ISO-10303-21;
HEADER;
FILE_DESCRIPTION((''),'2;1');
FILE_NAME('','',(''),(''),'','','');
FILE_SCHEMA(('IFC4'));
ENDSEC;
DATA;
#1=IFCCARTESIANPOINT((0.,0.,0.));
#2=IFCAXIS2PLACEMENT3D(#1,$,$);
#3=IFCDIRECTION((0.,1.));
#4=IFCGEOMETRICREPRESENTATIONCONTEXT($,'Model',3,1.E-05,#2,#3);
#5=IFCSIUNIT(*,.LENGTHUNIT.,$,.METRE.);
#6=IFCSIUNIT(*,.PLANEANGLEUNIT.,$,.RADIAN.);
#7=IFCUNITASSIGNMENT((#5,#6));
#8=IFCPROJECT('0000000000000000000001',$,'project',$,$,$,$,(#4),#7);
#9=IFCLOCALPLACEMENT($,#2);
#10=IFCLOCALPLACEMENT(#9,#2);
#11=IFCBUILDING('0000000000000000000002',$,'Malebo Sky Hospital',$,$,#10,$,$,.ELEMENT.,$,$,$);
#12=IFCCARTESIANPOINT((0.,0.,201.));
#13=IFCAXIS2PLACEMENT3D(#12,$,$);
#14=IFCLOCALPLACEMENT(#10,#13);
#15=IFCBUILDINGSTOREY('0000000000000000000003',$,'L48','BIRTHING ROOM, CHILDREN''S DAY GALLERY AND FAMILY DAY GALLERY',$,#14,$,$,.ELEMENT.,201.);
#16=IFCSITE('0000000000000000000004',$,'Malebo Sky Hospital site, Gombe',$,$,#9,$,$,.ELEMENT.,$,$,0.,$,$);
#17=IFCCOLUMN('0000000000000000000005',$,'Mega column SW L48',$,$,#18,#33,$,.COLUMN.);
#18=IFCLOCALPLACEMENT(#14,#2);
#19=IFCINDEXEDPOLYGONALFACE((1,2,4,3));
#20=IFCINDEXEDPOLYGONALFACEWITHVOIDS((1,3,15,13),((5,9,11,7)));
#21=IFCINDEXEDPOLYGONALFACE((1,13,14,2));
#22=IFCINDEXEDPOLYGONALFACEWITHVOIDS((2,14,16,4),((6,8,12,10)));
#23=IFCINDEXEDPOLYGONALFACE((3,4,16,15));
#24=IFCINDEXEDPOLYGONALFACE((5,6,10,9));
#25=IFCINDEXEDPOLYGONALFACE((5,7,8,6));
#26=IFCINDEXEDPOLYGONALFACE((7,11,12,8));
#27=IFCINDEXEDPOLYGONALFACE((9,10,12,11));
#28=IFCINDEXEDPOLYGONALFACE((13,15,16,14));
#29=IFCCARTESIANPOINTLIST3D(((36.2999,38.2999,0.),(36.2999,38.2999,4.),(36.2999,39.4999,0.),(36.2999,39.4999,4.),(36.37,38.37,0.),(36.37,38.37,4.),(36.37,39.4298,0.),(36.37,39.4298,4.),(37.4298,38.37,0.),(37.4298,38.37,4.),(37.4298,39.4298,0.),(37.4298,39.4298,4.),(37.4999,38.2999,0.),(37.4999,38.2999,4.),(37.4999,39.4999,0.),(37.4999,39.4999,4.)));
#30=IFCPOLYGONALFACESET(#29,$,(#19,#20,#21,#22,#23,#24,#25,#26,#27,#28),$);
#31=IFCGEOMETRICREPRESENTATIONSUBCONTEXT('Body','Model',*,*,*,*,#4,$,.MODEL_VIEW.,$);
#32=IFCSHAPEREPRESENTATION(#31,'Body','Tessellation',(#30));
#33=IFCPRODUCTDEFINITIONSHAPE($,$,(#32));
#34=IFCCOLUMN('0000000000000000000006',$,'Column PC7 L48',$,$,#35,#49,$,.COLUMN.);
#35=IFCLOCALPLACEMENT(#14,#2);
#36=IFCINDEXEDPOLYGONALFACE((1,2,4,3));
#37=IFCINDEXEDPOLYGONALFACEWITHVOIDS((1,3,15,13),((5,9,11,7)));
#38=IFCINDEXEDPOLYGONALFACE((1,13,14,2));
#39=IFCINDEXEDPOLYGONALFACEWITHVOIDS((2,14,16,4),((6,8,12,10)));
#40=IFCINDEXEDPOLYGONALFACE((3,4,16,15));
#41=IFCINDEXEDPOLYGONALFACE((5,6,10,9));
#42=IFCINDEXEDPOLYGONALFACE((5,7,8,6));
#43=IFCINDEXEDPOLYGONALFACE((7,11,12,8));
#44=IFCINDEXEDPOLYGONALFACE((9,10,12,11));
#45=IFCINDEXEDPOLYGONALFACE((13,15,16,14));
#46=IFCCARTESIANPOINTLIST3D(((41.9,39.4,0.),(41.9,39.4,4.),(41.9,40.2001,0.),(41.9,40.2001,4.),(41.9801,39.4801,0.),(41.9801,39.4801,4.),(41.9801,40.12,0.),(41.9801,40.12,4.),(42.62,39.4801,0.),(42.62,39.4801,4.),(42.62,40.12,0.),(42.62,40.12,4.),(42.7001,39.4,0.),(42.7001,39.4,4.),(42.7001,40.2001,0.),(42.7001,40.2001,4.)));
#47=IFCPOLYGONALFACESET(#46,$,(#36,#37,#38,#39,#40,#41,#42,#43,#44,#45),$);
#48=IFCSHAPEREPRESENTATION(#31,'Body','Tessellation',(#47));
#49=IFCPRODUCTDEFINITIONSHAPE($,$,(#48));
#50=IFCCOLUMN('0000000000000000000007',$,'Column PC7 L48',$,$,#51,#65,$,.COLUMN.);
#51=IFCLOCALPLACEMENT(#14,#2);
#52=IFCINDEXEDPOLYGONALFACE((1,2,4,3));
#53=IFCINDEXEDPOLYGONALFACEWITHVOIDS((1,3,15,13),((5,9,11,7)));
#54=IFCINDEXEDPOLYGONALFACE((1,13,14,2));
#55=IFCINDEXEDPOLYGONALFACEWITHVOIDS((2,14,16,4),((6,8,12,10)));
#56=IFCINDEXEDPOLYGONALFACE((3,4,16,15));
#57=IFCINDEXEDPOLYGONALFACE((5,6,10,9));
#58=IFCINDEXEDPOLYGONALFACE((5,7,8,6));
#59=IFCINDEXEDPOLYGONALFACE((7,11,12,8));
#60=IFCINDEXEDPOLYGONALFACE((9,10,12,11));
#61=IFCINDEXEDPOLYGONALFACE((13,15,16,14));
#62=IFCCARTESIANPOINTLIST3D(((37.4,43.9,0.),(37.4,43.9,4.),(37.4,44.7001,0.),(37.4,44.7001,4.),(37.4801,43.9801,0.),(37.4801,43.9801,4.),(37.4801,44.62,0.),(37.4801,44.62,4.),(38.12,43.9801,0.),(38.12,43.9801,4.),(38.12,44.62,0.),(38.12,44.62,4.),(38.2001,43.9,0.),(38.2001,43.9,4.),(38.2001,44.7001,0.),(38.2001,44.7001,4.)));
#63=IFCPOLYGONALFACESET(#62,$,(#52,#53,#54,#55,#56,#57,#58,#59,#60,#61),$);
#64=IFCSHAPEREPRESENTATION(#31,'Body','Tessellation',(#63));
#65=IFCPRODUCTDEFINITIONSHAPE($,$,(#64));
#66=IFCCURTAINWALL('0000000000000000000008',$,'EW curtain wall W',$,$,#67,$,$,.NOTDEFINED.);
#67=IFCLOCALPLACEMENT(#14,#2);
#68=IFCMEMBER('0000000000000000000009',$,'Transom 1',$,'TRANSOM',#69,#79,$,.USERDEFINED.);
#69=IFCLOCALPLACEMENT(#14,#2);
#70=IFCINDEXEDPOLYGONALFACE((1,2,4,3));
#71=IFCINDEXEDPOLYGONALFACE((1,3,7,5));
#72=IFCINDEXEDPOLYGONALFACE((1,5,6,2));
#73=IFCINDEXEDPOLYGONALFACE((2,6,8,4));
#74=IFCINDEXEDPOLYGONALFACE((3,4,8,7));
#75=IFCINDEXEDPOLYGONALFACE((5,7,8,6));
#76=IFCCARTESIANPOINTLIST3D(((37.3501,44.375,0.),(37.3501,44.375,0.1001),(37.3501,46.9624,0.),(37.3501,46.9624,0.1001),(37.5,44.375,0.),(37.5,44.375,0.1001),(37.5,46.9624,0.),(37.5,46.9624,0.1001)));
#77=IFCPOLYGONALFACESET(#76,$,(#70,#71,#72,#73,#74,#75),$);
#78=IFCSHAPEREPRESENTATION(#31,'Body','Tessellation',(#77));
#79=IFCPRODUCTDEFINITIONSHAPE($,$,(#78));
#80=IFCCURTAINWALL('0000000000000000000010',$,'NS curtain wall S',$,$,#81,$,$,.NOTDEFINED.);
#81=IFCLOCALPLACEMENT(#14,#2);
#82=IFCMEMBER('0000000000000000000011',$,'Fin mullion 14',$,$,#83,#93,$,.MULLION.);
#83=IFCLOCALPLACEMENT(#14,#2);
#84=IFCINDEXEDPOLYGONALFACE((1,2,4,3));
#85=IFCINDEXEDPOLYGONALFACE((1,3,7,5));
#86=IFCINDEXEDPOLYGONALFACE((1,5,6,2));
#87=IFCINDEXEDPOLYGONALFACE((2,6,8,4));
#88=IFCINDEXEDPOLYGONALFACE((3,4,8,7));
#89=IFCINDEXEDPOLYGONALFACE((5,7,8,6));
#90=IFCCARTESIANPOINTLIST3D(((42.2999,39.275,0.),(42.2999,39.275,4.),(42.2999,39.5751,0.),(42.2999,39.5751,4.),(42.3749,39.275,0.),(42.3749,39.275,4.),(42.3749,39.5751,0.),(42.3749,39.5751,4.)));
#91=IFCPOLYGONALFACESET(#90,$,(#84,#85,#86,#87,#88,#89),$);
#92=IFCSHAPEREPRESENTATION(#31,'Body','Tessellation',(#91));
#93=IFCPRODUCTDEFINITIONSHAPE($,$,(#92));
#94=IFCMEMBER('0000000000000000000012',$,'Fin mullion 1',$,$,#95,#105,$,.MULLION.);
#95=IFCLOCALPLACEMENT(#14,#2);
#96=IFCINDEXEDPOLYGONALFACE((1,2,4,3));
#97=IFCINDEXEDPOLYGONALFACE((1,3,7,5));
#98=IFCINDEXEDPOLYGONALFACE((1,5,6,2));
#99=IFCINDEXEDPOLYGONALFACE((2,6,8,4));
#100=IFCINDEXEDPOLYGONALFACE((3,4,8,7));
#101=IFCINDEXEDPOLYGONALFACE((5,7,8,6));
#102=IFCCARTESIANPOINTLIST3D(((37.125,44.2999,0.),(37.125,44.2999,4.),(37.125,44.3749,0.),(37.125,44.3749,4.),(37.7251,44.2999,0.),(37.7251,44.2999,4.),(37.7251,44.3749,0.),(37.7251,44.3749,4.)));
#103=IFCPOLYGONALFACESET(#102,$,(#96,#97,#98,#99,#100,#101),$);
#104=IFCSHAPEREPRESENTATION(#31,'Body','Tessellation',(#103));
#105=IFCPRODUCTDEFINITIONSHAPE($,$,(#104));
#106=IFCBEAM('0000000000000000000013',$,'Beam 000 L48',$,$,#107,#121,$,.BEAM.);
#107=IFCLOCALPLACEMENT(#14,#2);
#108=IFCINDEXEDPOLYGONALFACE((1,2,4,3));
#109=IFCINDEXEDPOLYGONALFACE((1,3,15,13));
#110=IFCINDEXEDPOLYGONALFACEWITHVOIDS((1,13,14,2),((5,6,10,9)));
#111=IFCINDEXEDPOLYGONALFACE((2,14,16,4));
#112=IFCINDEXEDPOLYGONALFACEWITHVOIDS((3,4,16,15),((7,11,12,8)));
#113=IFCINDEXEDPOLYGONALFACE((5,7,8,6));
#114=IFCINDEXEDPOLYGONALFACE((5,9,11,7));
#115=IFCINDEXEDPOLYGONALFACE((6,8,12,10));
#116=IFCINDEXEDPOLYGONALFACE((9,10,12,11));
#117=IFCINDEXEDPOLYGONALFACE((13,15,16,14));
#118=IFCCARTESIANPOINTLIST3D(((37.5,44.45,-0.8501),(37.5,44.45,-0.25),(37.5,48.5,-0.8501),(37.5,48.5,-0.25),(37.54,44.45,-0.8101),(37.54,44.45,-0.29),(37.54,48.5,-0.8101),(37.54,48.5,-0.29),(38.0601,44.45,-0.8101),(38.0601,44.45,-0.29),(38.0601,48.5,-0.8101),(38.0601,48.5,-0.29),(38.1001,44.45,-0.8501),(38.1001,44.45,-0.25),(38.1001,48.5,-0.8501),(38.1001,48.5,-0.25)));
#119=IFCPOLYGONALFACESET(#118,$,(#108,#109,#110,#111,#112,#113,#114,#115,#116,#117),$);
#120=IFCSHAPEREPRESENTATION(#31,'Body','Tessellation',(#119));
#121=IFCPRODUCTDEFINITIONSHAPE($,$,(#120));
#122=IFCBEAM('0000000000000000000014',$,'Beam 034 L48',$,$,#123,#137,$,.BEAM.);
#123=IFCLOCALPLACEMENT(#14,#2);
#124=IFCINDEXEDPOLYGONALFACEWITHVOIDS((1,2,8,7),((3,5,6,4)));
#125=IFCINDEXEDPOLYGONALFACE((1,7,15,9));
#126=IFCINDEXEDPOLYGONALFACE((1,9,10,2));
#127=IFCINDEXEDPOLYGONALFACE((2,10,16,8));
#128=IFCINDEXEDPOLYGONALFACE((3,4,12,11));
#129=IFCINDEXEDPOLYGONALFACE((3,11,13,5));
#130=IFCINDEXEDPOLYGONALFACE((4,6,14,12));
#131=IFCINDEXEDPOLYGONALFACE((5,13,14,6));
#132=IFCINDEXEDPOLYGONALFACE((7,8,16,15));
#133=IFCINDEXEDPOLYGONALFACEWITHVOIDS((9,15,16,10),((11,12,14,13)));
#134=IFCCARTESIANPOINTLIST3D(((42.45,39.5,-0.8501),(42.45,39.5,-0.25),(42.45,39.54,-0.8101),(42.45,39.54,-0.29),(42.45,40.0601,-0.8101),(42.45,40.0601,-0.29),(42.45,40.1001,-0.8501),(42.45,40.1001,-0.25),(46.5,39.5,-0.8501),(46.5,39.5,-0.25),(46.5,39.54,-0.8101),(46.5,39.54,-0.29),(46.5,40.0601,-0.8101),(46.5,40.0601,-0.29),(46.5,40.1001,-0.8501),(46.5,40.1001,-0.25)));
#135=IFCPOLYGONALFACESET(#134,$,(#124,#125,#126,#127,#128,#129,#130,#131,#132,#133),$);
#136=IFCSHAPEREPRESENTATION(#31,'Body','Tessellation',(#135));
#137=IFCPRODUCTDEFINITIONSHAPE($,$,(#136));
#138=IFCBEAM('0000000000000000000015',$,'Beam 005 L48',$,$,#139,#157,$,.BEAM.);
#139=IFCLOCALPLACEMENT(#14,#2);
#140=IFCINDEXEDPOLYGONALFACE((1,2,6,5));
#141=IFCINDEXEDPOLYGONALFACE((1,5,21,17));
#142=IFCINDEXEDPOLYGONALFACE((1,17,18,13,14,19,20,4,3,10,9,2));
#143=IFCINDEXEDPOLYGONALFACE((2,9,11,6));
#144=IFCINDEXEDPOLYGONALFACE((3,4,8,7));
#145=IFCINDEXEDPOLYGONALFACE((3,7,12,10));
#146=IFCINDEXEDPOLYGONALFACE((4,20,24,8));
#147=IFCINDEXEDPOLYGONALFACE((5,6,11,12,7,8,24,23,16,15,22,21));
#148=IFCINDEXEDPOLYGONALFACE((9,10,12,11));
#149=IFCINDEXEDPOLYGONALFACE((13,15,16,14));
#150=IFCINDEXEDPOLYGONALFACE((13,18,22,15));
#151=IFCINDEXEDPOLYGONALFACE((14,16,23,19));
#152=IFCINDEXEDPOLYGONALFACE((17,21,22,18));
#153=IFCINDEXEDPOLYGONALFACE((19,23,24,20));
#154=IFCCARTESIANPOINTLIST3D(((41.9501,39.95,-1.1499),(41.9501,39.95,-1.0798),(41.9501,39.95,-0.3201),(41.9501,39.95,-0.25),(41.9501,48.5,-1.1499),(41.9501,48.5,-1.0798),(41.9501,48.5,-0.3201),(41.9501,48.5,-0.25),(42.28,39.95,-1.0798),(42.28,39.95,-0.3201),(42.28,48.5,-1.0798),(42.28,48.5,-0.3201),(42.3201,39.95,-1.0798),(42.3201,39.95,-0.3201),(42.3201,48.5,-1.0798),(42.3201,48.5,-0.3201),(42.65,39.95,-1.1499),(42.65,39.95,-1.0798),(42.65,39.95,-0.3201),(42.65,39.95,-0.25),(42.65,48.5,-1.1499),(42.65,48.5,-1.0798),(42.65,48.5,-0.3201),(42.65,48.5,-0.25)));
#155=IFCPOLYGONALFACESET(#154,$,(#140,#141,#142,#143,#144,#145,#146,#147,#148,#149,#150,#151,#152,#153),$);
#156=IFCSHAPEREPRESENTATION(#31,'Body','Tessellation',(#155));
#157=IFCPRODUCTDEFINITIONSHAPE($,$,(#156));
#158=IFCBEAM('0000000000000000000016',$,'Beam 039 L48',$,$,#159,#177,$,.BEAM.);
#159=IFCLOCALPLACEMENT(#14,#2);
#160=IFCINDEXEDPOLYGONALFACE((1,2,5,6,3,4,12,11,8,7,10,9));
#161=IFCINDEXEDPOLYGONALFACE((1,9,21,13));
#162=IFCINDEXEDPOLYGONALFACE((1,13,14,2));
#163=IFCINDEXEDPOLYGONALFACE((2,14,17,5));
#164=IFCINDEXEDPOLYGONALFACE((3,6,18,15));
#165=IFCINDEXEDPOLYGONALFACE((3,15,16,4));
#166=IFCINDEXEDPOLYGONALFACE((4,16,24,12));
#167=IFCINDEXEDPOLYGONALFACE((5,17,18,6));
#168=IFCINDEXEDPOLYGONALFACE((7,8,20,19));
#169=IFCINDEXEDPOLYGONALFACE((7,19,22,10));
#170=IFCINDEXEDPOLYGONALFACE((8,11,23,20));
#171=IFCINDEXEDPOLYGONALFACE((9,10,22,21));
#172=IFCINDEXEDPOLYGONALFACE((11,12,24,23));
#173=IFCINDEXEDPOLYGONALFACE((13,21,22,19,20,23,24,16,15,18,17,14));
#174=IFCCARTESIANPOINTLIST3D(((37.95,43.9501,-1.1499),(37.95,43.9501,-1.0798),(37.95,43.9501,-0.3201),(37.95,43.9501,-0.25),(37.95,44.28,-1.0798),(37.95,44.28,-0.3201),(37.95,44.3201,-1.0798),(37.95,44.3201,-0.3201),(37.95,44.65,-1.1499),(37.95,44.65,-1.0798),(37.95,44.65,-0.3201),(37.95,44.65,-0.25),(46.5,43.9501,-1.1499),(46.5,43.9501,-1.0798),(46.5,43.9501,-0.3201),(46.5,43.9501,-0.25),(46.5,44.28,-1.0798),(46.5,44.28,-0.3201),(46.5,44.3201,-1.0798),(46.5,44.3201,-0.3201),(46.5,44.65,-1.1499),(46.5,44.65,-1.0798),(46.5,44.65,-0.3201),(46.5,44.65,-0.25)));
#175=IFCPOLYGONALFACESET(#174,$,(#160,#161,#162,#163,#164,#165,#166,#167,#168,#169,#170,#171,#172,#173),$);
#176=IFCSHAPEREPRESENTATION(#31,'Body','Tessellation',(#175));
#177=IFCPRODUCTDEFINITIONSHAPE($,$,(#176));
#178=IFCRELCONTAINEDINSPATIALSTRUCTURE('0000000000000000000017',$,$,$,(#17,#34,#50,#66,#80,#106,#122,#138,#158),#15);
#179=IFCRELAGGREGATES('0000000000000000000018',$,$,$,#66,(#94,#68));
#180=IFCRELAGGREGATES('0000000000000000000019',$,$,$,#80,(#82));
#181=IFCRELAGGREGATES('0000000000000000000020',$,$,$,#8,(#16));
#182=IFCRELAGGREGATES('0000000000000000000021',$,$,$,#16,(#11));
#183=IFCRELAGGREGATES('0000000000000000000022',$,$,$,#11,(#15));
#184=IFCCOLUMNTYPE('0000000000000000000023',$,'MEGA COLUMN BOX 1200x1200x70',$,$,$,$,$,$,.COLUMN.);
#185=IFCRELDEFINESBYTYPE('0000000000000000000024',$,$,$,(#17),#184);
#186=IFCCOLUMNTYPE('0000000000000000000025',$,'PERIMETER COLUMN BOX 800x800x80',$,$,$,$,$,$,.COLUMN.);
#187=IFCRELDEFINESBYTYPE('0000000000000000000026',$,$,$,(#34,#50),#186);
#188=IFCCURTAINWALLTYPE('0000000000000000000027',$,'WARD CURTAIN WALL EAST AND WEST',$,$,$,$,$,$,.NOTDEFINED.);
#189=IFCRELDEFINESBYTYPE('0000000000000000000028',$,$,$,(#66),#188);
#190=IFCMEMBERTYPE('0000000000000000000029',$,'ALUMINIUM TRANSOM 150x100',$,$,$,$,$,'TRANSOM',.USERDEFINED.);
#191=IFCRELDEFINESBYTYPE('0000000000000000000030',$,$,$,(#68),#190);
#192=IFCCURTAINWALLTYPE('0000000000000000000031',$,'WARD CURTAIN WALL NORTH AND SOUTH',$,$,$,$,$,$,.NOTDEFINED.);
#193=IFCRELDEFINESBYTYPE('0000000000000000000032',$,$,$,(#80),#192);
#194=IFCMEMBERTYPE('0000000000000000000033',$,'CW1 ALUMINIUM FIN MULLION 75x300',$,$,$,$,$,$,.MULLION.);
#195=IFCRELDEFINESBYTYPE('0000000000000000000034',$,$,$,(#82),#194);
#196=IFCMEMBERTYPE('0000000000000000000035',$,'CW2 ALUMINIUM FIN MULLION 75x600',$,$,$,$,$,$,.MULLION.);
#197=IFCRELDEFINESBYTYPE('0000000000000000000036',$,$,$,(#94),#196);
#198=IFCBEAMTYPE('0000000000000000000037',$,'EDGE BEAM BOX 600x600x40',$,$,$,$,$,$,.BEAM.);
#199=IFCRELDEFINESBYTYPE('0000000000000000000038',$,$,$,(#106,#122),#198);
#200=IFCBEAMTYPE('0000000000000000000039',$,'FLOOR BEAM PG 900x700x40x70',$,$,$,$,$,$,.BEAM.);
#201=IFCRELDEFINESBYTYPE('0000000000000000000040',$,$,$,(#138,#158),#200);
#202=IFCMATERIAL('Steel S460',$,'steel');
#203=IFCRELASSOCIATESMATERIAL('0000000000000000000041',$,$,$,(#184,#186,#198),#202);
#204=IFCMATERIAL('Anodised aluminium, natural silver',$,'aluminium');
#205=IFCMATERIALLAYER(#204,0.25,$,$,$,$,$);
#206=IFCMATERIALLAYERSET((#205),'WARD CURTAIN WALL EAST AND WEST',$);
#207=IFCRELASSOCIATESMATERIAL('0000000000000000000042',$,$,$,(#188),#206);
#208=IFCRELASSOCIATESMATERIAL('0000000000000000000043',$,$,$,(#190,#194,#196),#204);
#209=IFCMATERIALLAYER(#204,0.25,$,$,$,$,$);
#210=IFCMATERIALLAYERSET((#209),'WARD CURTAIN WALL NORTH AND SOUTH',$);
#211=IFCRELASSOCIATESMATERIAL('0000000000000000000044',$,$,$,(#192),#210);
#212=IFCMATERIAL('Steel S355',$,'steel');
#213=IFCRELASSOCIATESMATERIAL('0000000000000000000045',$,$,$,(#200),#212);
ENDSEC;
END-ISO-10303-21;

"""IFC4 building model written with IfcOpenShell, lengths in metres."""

from ifc_helpers import new_model, si_unit, direction, frame, origin, origin_2d, place, context, subcontext, project, spatial, rectangle, hollow_rectangle, i_section, extrude, material, layer, layer_set, material_profile, profile_set, type_object, element, aggregate, save


model = new_model("IFC4")

# Units and contexts
model_context = context("Model", 3, precision=1e-05, world=origin(), true_north=direction((0.0, 1.0)))
body_context = subcontext(model_context, "Body", "Model", "MODEL_VIEW")
ifc_project = project(units=[si_unit("LENGTHUNIT", "METRE"), si_unit("PLANEANGLEUNIT", "RADIAN")], contexts=[model_context])

# Site, building, storey
site_placement = place(None, origin())
site = spatial("IfcSite", under=ifc_project, at=site_placement, Name="Malebo Sky Hospital site, Gombe", CompositionType="ELEMENT", RefElevation=0.0)
building_placement = place(site_placement, origin())
building = spatial("IfcBuilding", under=site, at=building_placement, Name="Malebo Sky Hospital", CompositionType="ELEMENT")
storey_placement = place(building_placement, frame((0.0, 0.0, 201.0)))
storey = spatial("IfcBuildingStorey", under=building, at=storey_placement, Name="L48", Description="BIRTHING ROOM, CHILDREN'S DAY GALLERY AND FAMILY DAY GALLERY", CompositionType="ELEMENT", Elevation=201.0)

# Columns
ifc_material_1 = material(Name="Steel S460", Category="steel")
ifc_material_profile_1 = material_profile(ifc_material_1, hollow_rectangle(XDim=1.2, YDim=1.2, WallThickness=0.0701, at=origin_2d()), Name="BOX 1200x1200x70")
ifc_profile_set_1 = profile_set([ifc_material_profile_1], Name="Steel S460")
column_type_1 = type_object("IfcColumnType", Name="MEGA COLUMN BOX 1200x1200x70", PredefinedType="COLUMN", material=ifc_profile_set_1)
column_placement = place(storey_placement, frame((36.8999, 38.8999, 0.0), z_axis=(0.0, 0.0, 1.0), x_axis=(1.0, 0.0, 0.0)))
element("IfcColumn", 1, at=column_placement, inside=storey, type_object=column_type_1, Name="Mega column SW L48", PredefinedType="COLUMN", context=body_context, shape_type="SweptSolid", body=[
    extrude(hollow_rectangle(XDim=1.2, YDim=1.2, WallThickness=0.0701, at=origin_2d()), origin(), (0.0, 0.0, 1.0), 4.0),
])
ifc_material_profile_2 = material_profile(ifc_material_1, hollow_rectangle(XDim=0.8, YDim=0.8, WallThickness=0.0801, at=origin_2d()), Name="BOX 800x800x80")
ifc_profile_set_2 = profile_set([ifc_material_profile_2], Name="Steel S460")
column_type_2 = type_object("IfcColumnType", Name="PERIMETER COLUMN BOX 800x800x80", PredefinedType="COLUMN", material=ifc_profile_set_2)
for number, where, z_axis, x_axis, name in (
    (2, (42.3, 39.8, 0.0), (0.0, 0.0, 1.0), (1.0, 0.0, 0.0), "Column PC7 L48"),
    (3, (37.8, 44.3, 0.0), (0.0, 0.0, 1.0), (1.0, 0.0, 0.0), "Column PC7 L48"),
):
    element("IfcColumn", number, at=place(storey_placement, frame(where, z_axis=z_axis, x_axis=x_axis)), inside=storey, type_object=column_type_2, Name=name, PredefinedType="COLUMN", context=body_context, shape_type="SweptSolid", body=[
        extrude(hollow_rectangle(XDim=0.8, YDim=0.8, WallThickness=0.0801, at=origin_2d()), origin(), (0.0, 0.0, 1.0), 4.0),
    ])

# Curtain walls, members
ifc_material_2 = material(Name="Anodised aluminium, natural silver", Category="aluminium")
ifc_layer_1 = layer(ifc_material_2, 0.25)
ifc_layer_set_1 = layer_set([ifc_layer_1], Name="WARD CURTAIN WALL EAST AND WEST")
curtain_wall_type_1 = type_object("IfcCurtainWallType", Name="WARD CURTAIN WALL EAST AND WEST", PredefinedType="NOTDEFINED", material=ifc_layer_set_1)
curtain_wall_1_placement = place(storey_placement, origin())
curtain_wall_1 = element("IfcCurtainWall", 4, at=curtain_wall_1_placement, inside=storey, type_object=curtain_wall_type_1, Name="EW curtain wall W", PredefinedType="NOTDEFINED")
ifc_material_profile_3 = material_profile(ifc_material_2, rectangle(XDim=0.1499, YDim=0.1001, at=origin_2d()), Name="ALUMINIUM TRANSOM 150x100")
ifc_profile_set_3 = profile_set([ifc_material_profile_3], Name="Anodised aluminium, natural silver")
member_type_1 = type_object("IfcMemberType", Name="ALUMINIUM TRANSOM 150x100", ElementType="TRANSOM", PredefinedType="USERDEFINED", material=ifc_profile_set_3)
member_1_placement = place(storey_placement, frame((37.425, 44.375, 0.05), z_axis=(0.0, 1.0, 0.0), x_axis=(-1.0, 0.0, 0.0)))
member_1 = element("IfcMember", 5, at=member_1_placement, type_object=member_type_1, Name="Transom 1", ObjectType="TRANSOM", PredefinedType="USERDEFINED", context=body_context, shape_type="SweptSolid", body=[
    extrude(rectangle(XDim=0.1499, YDim=0.1001, at=origin_2d()), origin(), (0.0, 0.0, 1.0), 2.5874),
])
ifc_layer_2 = layer(ifc_material_2, 0.25)
ifc_layer_set_2 = layer_set([ifc_layer_2], Name="WARD CURTAIN WALL NORTH AND SOUTH")
curtain_wall_type_2 = type_object("IfcCurtainWallType", Name="WARD CURTAIN WALL NORTH AND SOUTH", PredefinedType="NOTDEFINED", material=ifc_layer_set_2)
curtain_wall_2_placement = place(storey_placement, origin())
curtain_wall_2 = element("IfcCurtainWall", 6, at=curtain_wall_2_placement, inside=storey, type_object=curtain_wall_type_2, Name="NS curtain wall S", PredefinedType="NOTDEFINED")
ifc_material_profile_4 = material_profile(ifc_material_2, rectangle(XDim=0.075, YDim=0.3, at=origin_2d()), Name="CW1 ALUMINIUM FIN MULLION 75x300")
ifc_profile_set_4 = profile_set([ifc_material_profile_4], Name="Anodised aluminium, natural silver")
member_type_2 = type_object("IfcMemberType", Name="CW1 ALUMINIUM FIN MULLION 75x300", PredefinedType="MULLION", material=ifc_profile_set_4)
member_2_placement = place(storey_placement, frame((42.3374, 39.425, 0.0), z_axis=(0.0, 0.0, 1.0), x_axis=(-1.0, 0.0, 0.0)))
member_2 = element("IfcMember", 7, at=member_2_placement, type_object=member_type_2, Name="Fin mullion 14", PredefinedType="MULLION", context=body_context, shape_type="SweptSolid", body=[
    extrude(rectangle(XDim=0.075, YDim=0.3, at=origin_2d()), origin(), (0.0, 0.0, 1.0), 4.0),
])

# Member
ifc_material_profile_5 = material_profile(ifc_material_2, rectangle(XDim=0.075, YDim=0.6001, at=origin_2d()), Name="CW2 ALUMINIUM FIN MULLION 75x600")
ifc_profile_set_5 = profile_set([ifc_material_profile_5], Name="Anodised aluminium, natural silver")
member_type_3 = type_object("IfcMemberType", Name="CW2 ALUMINIUM FIN MULLION 75x600", PredefinedType="MULLION", material=ifc_profile_set_5)
member_3_placement = place(storey_placement, frame((37.425, 44.3374, 0.0), z_axis=(0.0, 0.0, 1.0), x_axis=(0.0, 1.0, 0.0)))
member_3 = element("IfcMember", 8, at=member_3_placement, type_object=member_type_3, Name="Fin mullion 1", PredefinedType="MULLION", context=body_context, shape_type="SweptSolid", body=[
    extrude(rectangle(XDim=0.075, YDim=0.6001, at=origin_2d()), origin(), (0.0, 0.0, 1.0), 4.0),
])
aggregate(curtain_wall_1, [member_3, member_1])

# Beams
ifc_material_profile_6 = material_profile(ifc_material_1, hollow_rectangle(XDim=0.6001, YDim=0.6001, WallThickness=0.04, at=origin_2d()), Name="BOX 600x600x40")
ifc_profile_set_6 = profile_set([ifc_material_profile_6], Name="Steel S460")
beam_type_1 = type_object("IfcBeamType", Name="EDGE BEAM BOX 600x600x40", PredefinedType="BEAM", material=ifc_profile_set_6)
for number, where, z_axis, x_axis, name in (
    (9, (37.8, 44.45, -0.55), (0.0, 1.0, 0.0), (-1.0, 0.0, 0.0), "Beam 000 L48"),
    (10, (42.45, 39.8, -0.55), (1.0, 0.0, 0.0), (0.0, 1.0, 0.0), "Beam 034 L48"),
):
    element("IfcBeam", number, at=place(storey_placement, frame(where, z_axis=z_axis, x_axis=x_axis)), inside=storey, type_object=beam_type_1, Name=name, PredefinedType="BEAM", context=body_context, shape_type="SweptSolid", body=[
        extrude(hollow_rectangle(XDim=0.6001, YDim=0.6001, WallThickness=0.04, at=origin_2d()), origin(), (0.0, 0.0, 1.0), 4.05),
    ])
ifc_material_3 = material(Name="Steel S355", Category="steel")
ifc_material_profile_7 = material_profile(ifc_material_3, i_section(OverallWidth=0.7, OverallDepth=0.8999, WebThickness=0.04, FlangeThickness=0.0701, at=origin_2d()), Name="PG 900x700x40x70")
ifc_profile_set_7 = profile_set([ifc_material_profile_7], Name="Steel S355")
beam_type_2 = type_object("IfcBeamType", Name="FLOOR BEAM PG 900x700x40x70", PredefinedType="BEAM", material=ifc_profile_set_7)
for number, where, z_axis, x_axis, name in (
    (11, (42.3, 39.95, -0.7), (0.0, 1.0, 0.0), (-1.0, 0.0, 0.0), "Beam 005 L48"),
    (12, (37.95, 44.3, -0.7), (1.0, 0.0, 0.0), (0.0, 1.0, 0.0), "Beam 039 L48"),
):
    element("IfcBeam", number, at=place(storey_placement, frame(where, z_axis=z_axis, x_axis=x_axis)), inside=storey, type_object=beam_type_2, Name=name, PredefinedType="BEAM", context=body_context, shape_type="SweptSolid", body=[
        extrude(i_section(OverallWidth=0.7, OverallDepth=0.8999, WebThickness=0.04, FlangeThickness=0.0701, at=origin_2d()), origin(), (0.0, 0.0, 1.0), 8.55),
    ])

aggregate(curtain_wall_2, [member_2])

save(model, "model.ifc")
